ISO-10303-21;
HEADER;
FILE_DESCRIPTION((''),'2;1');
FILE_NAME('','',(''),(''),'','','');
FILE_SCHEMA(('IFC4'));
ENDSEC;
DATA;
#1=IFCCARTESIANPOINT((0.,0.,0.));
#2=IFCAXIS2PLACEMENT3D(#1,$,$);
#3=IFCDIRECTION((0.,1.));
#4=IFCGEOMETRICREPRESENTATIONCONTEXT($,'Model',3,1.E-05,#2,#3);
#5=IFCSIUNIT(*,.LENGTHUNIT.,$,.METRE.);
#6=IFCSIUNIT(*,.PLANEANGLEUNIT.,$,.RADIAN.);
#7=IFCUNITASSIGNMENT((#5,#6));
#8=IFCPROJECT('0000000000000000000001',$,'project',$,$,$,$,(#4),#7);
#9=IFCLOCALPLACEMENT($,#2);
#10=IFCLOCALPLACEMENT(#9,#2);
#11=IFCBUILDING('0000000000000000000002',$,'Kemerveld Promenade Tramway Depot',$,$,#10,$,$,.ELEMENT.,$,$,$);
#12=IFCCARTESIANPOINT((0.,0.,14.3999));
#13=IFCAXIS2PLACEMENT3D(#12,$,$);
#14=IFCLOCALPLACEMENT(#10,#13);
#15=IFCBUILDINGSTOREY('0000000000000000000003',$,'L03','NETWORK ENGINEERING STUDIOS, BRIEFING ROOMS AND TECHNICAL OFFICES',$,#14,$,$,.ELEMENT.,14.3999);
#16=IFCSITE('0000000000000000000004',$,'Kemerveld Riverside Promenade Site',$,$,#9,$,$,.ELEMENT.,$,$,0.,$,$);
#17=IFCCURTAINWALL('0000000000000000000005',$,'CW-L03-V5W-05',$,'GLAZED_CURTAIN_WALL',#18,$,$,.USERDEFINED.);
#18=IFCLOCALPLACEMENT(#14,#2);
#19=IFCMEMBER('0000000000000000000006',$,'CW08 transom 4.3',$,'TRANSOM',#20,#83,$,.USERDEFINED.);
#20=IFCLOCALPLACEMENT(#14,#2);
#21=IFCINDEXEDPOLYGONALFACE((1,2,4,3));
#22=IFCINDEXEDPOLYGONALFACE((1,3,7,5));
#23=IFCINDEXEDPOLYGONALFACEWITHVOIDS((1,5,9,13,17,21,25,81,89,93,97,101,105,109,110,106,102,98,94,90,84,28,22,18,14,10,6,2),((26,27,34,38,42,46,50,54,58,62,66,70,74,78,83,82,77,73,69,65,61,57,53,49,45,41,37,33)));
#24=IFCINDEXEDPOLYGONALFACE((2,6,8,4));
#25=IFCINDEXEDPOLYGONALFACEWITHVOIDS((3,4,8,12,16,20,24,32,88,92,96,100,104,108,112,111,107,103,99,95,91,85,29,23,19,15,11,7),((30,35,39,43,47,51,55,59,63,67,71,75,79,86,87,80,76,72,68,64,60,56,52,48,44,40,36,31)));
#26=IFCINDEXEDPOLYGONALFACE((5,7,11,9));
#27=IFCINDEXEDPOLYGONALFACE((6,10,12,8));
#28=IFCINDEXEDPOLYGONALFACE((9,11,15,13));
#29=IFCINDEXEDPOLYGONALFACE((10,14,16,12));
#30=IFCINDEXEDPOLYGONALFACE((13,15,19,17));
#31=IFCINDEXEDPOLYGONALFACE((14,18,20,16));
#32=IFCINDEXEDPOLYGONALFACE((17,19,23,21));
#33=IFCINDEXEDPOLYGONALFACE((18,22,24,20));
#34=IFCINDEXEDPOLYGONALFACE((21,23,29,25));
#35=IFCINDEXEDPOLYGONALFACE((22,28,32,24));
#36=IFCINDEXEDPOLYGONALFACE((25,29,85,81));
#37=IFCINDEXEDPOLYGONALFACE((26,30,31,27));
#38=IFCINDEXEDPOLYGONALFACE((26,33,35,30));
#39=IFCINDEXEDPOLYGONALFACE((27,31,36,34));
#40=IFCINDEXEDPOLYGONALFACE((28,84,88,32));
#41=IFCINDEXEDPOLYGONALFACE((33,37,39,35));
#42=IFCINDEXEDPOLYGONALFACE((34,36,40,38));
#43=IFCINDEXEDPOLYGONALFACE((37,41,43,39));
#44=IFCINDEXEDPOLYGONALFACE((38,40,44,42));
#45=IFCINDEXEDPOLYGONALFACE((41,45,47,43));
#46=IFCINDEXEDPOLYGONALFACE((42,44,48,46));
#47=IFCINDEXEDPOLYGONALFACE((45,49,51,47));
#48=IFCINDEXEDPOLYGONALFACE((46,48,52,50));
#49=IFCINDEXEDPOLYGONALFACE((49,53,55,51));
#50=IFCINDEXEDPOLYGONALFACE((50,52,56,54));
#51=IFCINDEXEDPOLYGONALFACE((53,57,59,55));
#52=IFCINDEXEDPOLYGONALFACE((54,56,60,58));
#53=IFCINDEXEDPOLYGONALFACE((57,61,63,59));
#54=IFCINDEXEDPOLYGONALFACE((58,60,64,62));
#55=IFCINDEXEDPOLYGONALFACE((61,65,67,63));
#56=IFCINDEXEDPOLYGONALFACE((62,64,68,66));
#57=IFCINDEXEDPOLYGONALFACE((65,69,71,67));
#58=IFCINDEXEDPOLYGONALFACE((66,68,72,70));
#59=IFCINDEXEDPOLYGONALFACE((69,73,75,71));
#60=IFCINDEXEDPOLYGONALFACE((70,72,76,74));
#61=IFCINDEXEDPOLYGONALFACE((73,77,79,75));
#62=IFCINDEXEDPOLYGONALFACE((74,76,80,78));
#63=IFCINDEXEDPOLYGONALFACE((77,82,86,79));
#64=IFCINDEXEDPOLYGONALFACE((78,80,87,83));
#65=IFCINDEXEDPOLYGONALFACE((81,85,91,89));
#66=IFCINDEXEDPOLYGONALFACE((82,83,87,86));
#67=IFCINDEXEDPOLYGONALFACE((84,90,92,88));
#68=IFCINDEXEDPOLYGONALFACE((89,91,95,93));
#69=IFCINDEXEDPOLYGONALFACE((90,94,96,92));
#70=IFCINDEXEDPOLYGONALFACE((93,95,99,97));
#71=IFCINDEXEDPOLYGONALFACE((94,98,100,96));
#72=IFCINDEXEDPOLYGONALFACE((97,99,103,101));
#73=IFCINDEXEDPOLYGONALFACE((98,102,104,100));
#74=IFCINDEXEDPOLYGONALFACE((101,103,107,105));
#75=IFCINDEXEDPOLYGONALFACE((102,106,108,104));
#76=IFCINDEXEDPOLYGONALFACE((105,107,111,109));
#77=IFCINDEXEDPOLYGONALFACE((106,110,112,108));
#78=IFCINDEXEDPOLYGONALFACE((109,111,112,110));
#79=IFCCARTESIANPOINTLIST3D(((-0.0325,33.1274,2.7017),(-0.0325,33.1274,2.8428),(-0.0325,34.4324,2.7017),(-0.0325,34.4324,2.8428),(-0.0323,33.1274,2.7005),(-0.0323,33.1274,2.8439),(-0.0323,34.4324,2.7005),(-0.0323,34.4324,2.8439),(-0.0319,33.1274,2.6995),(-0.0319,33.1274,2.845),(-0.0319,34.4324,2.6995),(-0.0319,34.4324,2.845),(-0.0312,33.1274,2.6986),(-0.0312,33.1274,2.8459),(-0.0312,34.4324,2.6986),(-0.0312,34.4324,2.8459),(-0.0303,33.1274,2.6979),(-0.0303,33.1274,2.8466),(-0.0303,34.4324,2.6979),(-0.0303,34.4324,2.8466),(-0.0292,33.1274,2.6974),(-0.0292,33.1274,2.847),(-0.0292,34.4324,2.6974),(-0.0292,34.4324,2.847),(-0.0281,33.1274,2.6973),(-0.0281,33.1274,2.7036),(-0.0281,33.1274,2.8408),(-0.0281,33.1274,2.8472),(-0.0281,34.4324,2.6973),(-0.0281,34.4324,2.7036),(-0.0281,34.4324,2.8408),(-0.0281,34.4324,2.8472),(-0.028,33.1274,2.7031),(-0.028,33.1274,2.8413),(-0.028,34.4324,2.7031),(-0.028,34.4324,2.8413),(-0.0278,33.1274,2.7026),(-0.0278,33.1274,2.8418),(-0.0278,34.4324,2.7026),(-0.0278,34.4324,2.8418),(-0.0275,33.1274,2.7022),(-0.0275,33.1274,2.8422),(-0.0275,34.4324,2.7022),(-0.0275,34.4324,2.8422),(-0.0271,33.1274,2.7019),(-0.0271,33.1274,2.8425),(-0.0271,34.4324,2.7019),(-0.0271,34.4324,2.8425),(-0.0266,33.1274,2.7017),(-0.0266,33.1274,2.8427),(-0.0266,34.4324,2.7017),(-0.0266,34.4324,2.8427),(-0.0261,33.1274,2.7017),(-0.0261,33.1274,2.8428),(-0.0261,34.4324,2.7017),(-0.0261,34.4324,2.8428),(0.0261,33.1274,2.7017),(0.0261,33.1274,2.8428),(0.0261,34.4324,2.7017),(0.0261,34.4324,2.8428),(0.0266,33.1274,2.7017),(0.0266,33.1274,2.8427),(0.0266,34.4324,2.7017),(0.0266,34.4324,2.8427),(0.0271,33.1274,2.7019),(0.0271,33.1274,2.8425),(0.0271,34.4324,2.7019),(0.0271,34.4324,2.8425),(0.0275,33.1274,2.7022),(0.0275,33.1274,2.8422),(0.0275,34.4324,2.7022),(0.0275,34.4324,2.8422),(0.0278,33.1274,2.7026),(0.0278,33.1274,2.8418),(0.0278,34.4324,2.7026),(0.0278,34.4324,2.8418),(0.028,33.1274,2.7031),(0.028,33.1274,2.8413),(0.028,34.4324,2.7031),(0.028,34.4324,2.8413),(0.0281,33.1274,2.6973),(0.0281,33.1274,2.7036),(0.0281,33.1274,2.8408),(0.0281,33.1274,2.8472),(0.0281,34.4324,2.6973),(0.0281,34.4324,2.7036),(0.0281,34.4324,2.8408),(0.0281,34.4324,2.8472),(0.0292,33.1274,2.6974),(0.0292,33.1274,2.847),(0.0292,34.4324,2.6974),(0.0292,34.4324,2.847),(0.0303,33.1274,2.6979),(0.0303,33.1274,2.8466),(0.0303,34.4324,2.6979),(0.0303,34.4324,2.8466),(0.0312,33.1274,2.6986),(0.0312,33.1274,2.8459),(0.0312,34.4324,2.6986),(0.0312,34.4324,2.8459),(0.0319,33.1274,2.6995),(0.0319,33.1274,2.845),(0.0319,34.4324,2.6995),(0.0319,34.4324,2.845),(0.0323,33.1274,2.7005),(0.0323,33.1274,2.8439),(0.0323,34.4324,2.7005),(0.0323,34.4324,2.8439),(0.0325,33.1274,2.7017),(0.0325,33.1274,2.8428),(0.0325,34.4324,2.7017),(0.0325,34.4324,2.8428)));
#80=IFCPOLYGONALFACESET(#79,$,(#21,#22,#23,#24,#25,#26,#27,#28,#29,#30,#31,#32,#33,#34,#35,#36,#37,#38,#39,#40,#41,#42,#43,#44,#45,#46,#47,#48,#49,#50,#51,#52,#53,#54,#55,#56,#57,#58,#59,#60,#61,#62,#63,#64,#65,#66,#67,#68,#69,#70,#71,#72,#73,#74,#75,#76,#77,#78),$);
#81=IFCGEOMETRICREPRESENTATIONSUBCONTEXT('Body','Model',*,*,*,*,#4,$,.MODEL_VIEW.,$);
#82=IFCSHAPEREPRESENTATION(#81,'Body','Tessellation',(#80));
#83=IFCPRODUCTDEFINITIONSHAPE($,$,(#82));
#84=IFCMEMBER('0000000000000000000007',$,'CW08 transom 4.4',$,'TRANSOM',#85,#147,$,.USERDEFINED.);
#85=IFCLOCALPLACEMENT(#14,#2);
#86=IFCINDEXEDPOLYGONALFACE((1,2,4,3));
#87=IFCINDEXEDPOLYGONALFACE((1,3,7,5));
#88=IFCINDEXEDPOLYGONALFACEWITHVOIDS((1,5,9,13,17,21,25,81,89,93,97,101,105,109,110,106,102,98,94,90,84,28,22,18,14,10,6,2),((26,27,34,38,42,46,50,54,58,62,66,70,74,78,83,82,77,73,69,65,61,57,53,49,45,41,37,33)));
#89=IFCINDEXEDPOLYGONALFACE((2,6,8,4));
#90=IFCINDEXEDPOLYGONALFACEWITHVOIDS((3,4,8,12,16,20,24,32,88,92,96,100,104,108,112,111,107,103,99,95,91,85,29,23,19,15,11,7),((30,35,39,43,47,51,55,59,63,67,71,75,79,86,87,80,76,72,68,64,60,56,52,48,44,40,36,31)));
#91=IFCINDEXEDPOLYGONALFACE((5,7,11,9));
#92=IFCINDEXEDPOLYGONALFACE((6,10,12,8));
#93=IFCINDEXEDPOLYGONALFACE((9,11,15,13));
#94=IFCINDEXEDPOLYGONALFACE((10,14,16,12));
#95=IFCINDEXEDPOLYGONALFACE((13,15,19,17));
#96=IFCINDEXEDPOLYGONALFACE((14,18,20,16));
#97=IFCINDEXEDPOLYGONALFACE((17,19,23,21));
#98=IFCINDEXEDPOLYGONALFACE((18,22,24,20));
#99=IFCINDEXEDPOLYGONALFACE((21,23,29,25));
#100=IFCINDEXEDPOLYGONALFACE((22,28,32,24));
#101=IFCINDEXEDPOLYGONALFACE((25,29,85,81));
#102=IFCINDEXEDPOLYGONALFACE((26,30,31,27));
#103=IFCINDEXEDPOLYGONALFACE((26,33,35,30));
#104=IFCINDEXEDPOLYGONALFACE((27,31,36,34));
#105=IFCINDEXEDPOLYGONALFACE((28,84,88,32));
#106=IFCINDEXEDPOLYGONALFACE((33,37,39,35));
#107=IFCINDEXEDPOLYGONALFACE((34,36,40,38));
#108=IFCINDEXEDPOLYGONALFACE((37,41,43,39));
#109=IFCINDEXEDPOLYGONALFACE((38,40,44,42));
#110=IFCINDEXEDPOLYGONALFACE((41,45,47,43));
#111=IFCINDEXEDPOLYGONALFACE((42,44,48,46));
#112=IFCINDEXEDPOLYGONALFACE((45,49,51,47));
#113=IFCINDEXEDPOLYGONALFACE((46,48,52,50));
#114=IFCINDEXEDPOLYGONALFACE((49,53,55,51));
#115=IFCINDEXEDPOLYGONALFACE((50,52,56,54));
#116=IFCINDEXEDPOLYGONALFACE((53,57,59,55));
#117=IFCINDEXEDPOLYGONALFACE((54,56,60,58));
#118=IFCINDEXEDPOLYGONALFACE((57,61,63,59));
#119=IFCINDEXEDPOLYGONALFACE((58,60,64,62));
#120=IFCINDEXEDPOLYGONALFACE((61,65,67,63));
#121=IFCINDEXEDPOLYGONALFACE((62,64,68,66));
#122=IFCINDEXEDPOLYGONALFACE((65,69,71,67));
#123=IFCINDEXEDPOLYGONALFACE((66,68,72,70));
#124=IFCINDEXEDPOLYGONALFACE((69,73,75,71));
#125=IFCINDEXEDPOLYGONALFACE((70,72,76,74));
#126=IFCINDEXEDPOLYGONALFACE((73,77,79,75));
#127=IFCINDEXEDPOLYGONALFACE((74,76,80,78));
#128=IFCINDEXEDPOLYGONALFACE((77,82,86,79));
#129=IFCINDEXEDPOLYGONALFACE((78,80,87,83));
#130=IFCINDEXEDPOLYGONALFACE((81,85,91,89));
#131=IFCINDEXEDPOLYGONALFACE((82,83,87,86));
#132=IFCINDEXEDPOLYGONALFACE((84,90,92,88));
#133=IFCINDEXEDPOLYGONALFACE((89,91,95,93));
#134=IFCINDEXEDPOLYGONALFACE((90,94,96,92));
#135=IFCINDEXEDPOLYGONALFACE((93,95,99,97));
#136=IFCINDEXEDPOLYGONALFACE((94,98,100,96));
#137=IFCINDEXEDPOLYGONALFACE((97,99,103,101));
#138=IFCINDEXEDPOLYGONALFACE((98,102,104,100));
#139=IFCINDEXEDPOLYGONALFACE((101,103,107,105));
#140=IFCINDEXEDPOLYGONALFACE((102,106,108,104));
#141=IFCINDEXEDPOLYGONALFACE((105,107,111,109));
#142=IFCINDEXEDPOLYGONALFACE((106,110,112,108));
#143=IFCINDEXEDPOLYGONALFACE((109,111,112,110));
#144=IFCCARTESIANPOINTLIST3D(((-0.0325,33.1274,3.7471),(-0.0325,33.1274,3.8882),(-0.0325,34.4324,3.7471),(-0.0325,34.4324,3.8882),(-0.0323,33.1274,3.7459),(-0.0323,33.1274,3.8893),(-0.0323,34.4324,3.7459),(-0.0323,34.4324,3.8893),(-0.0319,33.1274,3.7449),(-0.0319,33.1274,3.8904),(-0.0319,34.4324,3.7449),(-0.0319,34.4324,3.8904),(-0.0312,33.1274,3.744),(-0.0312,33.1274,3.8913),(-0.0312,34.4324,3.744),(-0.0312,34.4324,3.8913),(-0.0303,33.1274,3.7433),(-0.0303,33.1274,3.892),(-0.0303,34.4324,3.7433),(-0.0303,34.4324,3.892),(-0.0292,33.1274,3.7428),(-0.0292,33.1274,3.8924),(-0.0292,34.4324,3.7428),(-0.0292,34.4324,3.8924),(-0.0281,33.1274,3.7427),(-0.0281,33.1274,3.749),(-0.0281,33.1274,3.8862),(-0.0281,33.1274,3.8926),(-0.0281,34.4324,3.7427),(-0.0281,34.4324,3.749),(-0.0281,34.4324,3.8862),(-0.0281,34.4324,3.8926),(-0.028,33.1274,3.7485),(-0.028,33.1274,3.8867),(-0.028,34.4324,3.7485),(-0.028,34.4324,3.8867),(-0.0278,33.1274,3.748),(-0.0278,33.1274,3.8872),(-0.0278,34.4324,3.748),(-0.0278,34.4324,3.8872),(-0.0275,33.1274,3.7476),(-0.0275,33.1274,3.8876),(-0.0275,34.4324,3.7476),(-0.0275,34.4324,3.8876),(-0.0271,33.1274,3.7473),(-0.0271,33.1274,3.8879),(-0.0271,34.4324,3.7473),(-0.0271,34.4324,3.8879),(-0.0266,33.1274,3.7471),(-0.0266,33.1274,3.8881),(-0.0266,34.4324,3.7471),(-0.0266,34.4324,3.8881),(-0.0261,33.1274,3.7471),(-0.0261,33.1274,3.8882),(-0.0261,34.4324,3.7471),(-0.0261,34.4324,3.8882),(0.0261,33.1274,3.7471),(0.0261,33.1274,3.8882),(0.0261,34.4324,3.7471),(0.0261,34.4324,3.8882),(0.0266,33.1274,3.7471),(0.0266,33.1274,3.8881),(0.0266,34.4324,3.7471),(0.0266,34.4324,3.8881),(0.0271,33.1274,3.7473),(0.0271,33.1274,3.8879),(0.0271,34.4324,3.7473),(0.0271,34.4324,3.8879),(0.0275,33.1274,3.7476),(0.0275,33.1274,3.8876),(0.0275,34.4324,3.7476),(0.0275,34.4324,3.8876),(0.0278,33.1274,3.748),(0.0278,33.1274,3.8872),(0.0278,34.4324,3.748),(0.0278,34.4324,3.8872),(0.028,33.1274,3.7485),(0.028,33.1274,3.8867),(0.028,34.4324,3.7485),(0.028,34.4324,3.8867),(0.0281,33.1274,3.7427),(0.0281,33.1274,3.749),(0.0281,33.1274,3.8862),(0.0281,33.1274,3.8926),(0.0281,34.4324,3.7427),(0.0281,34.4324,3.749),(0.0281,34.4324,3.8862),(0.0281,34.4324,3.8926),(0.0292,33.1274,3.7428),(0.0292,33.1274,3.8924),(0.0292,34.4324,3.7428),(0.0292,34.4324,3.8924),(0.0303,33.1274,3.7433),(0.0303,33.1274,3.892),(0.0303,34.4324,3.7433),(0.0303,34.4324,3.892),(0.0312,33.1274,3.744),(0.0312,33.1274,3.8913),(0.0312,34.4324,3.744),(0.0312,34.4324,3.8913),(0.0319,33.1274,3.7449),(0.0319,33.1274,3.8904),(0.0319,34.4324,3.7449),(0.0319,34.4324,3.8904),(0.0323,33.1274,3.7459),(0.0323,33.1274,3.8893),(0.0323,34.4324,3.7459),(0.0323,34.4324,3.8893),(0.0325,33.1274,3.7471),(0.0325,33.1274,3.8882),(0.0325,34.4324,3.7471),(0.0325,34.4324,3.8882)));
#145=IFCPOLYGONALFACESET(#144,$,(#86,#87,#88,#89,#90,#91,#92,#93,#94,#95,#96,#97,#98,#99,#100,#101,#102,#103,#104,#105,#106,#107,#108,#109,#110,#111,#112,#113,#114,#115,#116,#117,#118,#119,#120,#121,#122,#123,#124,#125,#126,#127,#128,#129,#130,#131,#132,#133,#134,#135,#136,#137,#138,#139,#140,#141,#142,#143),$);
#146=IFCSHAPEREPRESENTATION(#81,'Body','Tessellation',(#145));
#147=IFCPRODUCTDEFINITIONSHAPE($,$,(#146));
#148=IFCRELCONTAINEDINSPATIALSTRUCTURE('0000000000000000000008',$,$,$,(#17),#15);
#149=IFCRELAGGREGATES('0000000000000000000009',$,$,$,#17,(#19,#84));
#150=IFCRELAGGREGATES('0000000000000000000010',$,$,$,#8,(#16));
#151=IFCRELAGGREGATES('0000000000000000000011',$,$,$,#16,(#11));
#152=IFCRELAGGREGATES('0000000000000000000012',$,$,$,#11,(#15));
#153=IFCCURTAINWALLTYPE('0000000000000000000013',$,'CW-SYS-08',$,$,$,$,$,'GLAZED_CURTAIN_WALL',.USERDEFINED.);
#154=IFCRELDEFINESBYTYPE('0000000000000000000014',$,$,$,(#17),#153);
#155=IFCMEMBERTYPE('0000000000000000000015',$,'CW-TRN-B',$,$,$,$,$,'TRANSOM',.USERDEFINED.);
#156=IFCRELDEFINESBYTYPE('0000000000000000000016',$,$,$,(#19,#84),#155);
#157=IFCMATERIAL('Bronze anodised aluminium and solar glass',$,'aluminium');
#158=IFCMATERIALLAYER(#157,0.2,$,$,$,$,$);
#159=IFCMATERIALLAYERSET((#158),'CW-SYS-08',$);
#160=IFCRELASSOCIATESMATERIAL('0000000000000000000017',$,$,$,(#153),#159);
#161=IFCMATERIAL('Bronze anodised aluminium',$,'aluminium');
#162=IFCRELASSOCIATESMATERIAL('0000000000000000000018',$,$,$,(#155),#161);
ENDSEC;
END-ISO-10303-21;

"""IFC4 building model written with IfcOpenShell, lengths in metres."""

from ifc_helpers import new_model, si_unit, direction, frame, origin, origin_2d, place, context, subcontext, project, spatial, hollow_rectangle, extrude, material, layer, layer_set, material_profile, profile_set, type_object, element, aggregate, save


model = new_model("IFC4")

# Units and contexts
model_context = context("Model", 3, precision=1e-05, world=origin(), true_north=direction((0.0, 1.0)))
body_context = subcontext(model_context, "Body", "Model", "MODEL_VIEW")
ifc_project = project(units=[si_unit("LENGTHUNIT", "METRE"), si_unit("PLANEANGLEUNIT", "RADIAN")], contexts=[model_context])

# Site, building, storey
site_placement = place(None, origin())
site = spatial("IfcSite", under=ifc_project, at=site_placement, Name="Kemerveld Riverside Promenade Site", CompositionType="ELEMENT", RefElevation=0.0)
building_placement = place(site_placement, origin())
building = spatial("IfcBuilding", under=site, at=building_placement, Name="Kemerveld Promenade Tramway Depot", CompositionType="ELEMENT")
storey_placement = place(building_placement, frame((0.0, 0.0, 14.3999)))
storey = spatial("IfcBuildingStorey", under=building, at=storey_placement, Name="L03", Description="NETWORK ENGINEERING STUDIOS, BRIEFING ROOMS AND TECHNICAL OFFICES", CompositionType="ELEMENT", Elevation=14.3999)

# Curtain wall, members
ifc_material_1 = material(Name="Bronze anodised aluminium and solar glass", Category="aluminium")
ifc_layer_1 = layer(ifc_material_1, 0.2)
ifc_layer_set_1 = layer_set([ifc_layer_1], Name="CW-SYS-08")
curtain_wall_type = type_object("IfcCurtainWallType", Name="CW-SYS-08", ElementType="GLAZED_CURTAIN_WALL", PredefinedType="USERDEFINED", material=ifc_layer_set_1)
curtain_wall_placement = place(storey_placement, origin())
curtain_wall = element("IfcCurtainWall", 1, at=curtain_wall_placement, inside=storey, type_object=curtain_wall_type, Name="CW-L03-V5W-05", ObjectType="GLAZED_CURTAIN_WALL", PredefinedType="USERDEFINED")
ifc_material_2 = material(Name="Bronze anodised aluminium", Category="aluminium")
ifc_material_profile_1 = material_profile(ifc_material_2, hollow_rectangle(XDim=0.0649, YDim=0.1499, WallThickness=0.0044, InnerFilletRadius=0.002, OuterFilletRadius=0.0044, at=origin_2d()), Name="CW-TRN-150x65")
ifc_profile_set_1 = profile_set([ifc_material_profile_1], Name="Bronze anodised aluminium")
member_type_1 = type_object("IfcMemberType", Name="CW-TRN-B", ElementType="TRANSOM", PredefinedType="USERDEFINED", material=ifc_profile_set_1)
member_1_placement = place(storey_placement, frame((0.0, 33.1274, 2.7722), z_axis=(0.0, 1.0, 0.0), x_axis=(-1.0, 0.0, 0.0)))
member_1 = element("IfcMember", 2, at=member_1_placement, type_object=member_type_1, Name="CW08 transom 4.3", ObjectType="TRANSOM", PredefinedType="USERDEFINED", context=body_context, shape_type="SweptSolid", body=[
    extrude(hollow_rectangle(XDim=0.0649, YDim=0.1499, WallThickness=0.0044, InnerFilletRadius=0.002, OuterFilletRadius=0.0044, at=origin_2d()), origin(), (0.0, 0.0, 1.0), 1.3049),
])
member_2_placement = place(storey_placement, frame((0.0, 33.1274, 3.8176), z_axis=(0.0, 1.0, 0.0), x_axis=(-1.0, 0.0, 0.0)))
member_2 = element("IfcMember", 3, at=member_2_placement, type_object=member_type_1, Name="CW08 transom 4.4", ObjectType="TRANSOM", PredefinedType="USERDEFINED", context=body_context, shape_type="SweptSolid", body=[
    extrude(hollow_rectangle(XDim=0.0649, YDim=0.1499, WallThickness=0.0044, InnerFilletRadius=0.002, OuterFilletRadius=0.0044, at=origin_2d()), origin(), (0.0, 0.0, 1.0), 1.3049),
])
aggregate(curtain_wall, [member_1, member_2])

save(model, "model.ifc")
